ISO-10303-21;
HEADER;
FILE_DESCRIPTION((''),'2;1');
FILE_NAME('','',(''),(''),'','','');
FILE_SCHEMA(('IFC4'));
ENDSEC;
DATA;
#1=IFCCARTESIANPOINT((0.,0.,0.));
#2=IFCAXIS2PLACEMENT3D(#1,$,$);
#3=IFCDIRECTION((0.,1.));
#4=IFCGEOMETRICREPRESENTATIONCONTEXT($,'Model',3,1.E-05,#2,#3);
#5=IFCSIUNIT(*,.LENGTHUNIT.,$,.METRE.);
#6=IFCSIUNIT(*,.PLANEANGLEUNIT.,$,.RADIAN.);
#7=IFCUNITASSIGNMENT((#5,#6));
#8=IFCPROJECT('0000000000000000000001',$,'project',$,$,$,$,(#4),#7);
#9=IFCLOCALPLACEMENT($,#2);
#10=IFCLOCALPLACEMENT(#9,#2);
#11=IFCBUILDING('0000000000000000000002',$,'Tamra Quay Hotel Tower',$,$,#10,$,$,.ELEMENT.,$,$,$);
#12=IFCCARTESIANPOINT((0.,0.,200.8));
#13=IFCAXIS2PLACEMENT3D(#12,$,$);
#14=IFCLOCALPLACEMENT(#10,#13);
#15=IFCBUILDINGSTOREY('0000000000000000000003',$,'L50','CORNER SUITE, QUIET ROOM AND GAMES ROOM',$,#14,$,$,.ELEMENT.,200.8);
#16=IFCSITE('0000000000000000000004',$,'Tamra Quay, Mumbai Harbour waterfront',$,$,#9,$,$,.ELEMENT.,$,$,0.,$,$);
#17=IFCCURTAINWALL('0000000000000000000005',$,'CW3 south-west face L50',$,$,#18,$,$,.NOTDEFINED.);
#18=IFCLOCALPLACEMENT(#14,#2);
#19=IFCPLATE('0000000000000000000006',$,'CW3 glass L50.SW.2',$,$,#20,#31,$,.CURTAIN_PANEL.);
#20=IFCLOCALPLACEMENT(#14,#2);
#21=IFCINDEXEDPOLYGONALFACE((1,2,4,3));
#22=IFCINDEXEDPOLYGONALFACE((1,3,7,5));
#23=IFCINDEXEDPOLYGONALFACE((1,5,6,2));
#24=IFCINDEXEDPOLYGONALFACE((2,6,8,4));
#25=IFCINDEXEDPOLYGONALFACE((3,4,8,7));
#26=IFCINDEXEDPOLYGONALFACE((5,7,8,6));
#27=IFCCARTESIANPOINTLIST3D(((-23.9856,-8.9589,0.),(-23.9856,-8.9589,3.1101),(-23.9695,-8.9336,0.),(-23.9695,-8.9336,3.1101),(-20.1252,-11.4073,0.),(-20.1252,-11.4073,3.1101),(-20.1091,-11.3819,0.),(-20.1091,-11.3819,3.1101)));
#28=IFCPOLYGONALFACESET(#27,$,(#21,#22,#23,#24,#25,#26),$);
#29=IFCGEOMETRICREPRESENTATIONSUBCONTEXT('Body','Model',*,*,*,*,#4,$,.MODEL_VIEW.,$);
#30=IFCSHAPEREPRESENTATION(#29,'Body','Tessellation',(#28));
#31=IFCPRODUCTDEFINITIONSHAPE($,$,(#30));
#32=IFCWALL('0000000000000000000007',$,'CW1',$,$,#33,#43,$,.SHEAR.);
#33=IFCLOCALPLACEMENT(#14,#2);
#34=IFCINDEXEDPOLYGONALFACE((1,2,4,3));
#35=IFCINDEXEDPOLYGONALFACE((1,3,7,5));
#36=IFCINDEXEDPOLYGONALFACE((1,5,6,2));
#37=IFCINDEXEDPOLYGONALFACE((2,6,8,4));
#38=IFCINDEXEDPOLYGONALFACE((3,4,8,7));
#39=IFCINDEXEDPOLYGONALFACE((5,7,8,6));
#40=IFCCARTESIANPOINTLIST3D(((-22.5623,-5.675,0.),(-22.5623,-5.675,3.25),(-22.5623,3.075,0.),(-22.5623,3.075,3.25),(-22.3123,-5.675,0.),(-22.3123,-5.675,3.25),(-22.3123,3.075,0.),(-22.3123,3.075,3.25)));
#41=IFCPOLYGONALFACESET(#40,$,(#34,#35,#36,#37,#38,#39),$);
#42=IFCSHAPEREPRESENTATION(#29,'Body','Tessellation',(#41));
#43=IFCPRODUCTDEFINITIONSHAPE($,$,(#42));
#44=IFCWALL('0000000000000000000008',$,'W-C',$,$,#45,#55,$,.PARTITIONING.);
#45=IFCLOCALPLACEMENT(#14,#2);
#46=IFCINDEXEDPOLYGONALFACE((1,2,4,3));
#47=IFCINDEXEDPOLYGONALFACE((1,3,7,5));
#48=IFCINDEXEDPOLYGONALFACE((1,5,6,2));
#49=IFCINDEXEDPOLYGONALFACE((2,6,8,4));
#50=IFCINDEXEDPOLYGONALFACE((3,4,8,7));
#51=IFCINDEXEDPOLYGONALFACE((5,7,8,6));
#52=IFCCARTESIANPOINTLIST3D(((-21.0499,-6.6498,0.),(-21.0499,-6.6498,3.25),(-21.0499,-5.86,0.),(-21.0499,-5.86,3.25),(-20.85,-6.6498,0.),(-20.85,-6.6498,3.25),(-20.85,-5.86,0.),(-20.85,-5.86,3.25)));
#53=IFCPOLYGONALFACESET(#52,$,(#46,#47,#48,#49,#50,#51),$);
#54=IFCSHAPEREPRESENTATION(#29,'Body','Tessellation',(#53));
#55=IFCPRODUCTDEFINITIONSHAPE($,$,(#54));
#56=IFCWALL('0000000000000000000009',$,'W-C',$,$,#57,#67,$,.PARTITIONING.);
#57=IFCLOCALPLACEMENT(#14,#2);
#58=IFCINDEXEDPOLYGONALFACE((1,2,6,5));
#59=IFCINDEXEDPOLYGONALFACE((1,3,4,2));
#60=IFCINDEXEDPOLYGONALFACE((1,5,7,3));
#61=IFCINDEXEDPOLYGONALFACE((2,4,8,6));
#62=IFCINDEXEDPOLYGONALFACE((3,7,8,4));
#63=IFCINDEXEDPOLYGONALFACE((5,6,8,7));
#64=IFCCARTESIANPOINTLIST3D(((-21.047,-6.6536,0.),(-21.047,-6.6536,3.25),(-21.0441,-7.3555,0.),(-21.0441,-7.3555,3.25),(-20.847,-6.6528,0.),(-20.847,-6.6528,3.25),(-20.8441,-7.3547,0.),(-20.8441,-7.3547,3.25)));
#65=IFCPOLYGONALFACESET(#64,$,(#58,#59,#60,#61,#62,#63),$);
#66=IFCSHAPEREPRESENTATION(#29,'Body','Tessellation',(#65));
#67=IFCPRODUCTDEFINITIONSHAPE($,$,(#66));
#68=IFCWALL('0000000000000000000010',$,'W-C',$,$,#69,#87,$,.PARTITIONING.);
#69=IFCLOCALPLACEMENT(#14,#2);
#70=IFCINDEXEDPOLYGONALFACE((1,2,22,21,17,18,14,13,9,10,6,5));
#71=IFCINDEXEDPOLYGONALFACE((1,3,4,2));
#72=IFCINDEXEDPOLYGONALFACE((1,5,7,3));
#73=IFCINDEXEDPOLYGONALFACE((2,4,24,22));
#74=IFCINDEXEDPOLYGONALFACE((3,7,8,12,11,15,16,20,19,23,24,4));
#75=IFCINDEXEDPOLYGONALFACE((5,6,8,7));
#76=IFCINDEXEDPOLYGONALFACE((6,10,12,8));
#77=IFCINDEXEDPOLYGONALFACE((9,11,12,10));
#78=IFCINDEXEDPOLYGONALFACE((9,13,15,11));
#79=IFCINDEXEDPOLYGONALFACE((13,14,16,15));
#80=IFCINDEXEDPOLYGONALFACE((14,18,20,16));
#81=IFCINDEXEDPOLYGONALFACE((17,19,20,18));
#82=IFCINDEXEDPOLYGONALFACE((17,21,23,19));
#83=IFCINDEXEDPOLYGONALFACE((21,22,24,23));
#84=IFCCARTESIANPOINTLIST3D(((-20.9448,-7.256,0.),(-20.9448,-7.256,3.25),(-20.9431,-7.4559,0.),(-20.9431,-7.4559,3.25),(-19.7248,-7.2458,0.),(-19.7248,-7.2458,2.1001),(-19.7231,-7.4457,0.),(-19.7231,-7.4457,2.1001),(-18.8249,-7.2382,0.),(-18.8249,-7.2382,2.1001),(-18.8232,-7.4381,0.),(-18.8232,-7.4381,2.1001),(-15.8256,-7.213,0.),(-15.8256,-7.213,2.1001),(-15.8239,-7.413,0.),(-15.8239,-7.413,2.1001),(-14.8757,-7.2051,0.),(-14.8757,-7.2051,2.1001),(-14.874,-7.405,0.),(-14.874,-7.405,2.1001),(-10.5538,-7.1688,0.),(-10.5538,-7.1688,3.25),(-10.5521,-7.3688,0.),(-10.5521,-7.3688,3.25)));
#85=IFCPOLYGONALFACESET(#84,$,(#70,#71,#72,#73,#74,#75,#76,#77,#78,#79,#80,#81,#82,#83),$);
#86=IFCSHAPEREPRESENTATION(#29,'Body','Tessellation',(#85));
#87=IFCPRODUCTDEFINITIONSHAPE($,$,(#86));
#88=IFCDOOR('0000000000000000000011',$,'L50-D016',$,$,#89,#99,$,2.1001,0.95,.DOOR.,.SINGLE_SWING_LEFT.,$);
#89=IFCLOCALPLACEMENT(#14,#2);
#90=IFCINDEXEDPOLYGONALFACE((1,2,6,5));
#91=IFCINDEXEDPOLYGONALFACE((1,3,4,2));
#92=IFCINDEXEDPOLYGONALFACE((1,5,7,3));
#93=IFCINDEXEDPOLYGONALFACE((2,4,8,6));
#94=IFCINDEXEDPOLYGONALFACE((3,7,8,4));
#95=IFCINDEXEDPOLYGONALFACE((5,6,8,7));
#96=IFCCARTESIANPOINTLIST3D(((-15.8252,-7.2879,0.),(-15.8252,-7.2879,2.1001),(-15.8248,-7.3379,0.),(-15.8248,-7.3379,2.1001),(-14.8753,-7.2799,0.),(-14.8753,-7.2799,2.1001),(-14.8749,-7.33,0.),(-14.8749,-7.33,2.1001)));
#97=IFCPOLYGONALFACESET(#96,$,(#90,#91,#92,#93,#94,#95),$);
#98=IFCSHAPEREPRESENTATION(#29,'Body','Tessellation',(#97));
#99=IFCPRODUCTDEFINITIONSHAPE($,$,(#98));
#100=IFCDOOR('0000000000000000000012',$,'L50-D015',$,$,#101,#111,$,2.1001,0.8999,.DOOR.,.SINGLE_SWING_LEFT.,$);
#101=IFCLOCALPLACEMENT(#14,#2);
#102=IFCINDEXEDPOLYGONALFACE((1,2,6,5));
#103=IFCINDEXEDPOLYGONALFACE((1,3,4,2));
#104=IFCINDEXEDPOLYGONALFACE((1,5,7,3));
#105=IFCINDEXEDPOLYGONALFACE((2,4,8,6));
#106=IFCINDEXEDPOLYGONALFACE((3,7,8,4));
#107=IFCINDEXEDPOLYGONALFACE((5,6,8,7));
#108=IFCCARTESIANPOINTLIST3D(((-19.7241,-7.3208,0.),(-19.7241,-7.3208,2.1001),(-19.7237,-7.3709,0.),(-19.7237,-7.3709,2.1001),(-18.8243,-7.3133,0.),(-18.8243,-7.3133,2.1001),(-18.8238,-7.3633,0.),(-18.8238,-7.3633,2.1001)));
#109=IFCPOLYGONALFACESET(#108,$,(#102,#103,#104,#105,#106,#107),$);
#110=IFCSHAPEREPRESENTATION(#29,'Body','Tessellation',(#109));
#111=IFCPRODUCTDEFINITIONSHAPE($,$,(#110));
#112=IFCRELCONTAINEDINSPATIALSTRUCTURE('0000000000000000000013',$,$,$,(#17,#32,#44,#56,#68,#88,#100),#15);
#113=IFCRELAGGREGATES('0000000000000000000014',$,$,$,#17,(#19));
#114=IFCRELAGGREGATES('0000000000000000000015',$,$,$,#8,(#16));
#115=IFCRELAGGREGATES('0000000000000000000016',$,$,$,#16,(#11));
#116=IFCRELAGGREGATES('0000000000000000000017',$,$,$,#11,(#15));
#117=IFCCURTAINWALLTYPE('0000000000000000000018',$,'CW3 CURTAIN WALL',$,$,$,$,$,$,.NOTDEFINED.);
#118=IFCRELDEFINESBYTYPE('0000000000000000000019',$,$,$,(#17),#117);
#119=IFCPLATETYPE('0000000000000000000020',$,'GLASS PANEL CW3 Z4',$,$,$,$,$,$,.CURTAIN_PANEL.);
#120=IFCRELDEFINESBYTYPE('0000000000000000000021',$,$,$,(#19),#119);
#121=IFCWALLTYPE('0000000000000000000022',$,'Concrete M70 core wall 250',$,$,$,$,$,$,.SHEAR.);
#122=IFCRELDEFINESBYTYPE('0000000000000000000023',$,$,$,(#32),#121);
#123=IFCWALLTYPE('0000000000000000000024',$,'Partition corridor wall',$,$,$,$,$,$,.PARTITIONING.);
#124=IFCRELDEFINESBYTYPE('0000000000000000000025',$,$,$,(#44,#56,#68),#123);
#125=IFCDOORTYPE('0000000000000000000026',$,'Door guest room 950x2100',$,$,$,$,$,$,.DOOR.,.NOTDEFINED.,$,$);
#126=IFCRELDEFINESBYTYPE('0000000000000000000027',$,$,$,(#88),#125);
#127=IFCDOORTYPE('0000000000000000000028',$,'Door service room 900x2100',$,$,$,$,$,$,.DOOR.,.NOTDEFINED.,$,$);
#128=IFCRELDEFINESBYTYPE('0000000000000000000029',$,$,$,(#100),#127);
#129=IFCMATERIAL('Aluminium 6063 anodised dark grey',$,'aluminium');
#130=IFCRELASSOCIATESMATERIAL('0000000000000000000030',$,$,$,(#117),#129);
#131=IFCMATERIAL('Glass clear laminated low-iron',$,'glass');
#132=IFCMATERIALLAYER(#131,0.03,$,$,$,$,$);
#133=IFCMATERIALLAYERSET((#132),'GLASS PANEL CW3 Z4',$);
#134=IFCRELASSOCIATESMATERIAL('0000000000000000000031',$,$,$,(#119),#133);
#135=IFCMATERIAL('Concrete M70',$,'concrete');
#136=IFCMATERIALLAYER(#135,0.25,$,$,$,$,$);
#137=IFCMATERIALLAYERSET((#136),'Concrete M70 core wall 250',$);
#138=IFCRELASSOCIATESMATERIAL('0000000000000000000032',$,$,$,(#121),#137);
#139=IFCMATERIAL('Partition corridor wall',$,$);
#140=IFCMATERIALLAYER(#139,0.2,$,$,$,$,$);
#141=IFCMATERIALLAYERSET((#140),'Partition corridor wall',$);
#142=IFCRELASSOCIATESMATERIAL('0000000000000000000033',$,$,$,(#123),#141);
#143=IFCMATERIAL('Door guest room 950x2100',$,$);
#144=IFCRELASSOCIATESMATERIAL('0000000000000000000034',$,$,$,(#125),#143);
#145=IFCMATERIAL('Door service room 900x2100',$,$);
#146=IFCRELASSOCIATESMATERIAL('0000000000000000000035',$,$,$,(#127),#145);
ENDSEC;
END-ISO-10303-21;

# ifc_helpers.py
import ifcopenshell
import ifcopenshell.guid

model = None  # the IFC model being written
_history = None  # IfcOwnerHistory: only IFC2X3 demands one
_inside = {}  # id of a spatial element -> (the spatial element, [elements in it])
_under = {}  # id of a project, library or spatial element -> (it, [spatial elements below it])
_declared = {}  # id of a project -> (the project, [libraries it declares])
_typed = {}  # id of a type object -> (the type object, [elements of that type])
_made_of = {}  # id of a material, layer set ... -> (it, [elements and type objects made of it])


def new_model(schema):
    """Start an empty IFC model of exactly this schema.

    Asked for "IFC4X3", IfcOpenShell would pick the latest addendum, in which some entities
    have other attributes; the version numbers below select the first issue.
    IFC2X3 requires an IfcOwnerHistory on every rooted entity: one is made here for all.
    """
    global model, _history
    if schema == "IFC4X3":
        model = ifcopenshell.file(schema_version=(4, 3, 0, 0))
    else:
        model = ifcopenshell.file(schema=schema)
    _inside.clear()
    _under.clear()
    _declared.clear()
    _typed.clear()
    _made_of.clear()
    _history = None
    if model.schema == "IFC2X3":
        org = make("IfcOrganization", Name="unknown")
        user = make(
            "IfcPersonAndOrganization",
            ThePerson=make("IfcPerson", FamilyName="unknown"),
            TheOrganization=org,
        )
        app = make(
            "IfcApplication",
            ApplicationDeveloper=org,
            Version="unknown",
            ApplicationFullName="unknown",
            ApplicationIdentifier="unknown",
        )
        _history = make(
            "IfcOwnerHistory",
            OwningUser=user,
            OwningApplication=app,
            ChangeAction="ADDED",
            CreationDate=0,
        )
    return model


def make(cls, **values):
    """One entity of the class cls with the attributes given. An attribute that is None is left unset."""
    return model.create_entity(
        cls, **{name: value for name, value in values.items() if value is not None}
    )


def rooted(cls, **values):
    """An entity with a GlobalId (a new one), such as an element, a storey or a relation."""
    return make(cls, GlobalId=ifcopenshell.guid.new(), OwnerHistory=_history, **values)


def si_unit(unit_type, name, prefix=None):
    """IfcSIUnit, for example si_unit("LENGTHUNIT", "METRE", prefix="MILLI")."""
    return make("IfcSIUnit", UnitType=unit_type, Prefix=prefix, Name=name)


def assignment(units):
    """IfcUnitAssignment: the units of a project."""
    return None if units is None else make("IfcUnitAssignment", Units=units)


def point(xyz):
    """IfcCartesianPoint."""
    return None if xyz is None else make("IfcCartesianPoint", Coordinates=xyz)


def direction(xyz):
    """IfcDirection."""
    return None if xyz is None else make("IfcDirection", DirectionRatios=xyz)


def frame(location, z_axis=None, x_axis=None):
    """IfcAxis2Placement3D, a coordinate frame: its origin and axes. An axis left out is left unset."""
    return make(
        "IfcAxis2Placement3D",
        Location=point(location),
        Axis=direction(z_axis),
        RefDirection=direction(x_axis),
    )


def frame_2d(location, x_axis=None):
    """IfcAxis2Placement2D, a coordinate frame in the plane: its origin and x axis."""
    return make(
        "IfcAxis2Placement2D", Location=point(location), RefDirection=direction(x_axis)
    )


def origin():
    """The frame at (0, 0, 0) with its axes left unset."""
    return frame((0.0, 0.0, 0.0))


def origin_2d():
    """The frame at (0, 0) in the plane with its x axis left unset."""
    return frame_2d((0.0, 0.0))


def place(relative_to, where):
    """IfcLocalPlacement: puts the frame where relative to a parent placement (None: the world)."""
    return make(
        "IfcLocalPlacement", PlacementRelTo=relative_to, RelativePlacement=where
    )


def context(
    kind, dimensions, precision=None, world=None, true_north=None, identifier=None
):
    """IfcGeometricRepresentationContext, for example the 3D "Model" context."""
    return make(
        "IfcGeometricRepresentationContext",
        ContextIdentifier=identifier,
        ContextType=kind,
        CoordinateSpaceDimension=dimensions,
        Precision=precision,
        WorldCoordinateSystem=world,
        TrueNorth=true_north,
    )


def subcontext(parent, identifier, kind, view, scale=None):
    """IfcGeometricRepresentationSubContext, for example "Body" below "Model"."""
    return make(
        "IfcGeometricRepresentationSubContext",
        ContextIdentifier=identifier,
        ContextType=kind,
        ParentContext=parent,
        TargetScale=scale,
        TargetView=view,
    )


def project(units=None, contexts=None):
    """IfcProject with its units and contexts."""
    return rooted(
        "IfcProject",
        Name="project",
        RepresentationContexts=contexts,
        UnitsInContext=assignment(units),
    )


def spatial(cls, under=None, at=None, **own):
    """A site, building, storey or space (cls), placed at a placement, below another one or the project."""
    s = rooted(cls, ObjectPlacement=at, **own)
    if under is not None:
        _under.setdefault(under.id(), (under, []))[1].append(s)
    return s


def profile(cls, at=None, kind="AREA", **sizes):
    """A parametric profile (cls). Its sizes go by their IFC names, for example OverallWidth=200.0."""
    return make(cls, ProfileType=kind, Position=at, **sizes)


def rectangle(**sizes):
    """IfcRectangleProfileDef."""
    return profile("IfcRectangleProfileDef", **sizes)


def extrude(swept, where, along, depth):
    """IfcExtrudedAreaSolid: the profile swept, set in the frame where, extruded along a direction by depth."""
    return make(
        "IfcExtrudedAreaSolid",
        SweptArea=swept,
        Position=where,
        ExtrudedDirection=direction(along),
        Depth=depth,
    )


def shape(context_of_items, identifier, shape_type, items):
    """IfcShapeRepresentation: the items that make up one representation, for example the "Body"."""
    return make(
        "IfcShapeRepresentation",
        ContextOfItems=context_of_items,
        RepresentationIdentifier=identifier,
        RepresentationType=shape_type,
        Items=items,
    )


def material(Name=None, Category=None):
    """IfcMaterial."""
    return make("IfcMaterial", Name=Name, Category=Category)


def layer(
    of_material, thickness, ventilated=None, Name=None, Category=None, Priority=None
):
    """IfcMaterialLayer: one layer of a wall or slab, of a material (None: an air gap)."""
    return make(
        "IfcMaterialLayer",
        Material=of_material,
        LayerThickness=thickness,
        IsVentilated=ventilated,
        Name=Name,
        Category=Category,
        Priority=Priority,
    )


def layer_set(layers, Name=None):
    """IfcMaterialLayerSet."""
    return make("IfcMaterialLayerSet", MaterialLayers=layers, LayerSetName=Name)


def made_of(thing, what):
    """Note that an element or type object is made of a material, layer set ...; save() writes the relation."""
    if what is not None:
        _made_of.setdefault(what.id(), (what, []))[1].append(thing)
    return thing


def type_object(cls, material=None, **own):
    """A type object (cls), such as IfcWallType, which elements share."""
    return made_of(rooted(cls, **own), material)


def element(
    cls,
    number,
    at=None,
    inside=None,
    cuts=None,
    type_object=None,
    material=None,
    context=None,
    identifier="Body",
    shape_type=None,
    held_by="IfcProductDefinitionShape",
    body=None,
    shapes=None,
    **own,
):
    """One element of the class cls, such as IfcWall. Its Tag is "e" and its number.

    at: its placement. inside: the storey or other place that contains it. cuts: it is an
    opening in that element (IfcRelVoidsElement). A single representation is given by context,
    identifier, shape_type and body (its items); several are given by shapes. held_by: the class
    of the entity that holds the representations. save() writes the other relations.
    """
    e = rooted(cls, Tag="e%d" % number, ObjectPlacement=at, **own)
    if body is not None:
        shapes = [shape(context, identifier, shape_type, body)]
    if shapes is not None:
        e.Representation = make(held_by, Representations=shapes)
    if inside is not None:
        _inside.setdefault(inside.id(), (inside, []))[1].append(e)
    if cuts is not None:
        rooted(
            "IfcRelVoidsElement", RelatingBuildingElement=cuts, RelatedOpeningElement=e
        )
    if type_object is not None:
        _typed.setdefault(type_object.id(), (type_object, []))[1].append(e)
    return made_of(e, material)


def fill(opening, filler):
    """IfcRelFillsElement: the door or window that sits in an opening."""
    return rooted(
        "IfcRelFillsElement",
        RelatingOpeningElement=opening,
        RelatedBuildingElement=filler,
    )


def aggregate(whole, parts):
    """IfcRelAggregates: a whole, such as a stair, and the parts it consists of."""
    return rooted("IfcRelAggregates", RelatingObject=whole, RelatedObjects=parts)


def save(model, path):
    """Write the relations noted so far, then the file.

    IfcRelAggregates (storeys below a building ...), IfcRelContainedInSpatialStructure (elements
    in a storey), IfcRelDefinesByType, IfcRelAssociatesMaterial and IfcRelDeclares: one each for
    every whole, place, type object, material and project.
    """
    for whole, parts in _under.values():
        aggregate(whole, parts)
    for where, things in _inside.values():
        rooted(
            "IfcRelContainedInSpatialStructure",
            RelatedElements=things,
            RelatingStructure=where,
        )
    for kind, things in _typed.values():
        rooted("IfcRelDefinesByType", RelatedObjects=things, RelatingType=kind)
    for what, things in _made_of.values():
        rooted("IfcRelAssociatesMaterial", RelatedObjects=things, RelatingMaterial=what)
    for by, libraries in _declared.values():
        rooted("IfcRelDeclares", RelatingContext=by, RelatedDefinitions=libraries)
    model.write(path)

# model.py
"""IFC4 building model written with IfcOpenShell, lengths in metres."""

from ifc_helpers import new_model, si_unit, direction, frame, frame_2d, origin, origin_2d, place, context, subcontext, project, spatial, rectangle, extrude, material, layer, layer_set, type_object, element, fill, aggregate, save


model = new_model("IFC4")

# Units and contexts
model_context = context("Model", 3, precision=1e-05, world=origin(), true_north=direction((0.0, 1.0)))
body_context = subcontext(model_context, "Body", "Model", "MODEL_VIEW")
ifc_project = project(units=[si_unit("LENGTHUNIT", "METRE"), si_unit("PLANEANGLEUNIT", "RADIAN")], contexts=[model_context])

# Site, building, storey
site_placement = place(None, origin())
site = spatial("IfcSite", under=ifc_project, at=site_placement, Name="Tamra Quay, Mumbai Harbour waterfront", CompositionType="ELEMENT", RefElevation=0.0)
building_placement = place(site_placement, origin())
building = spatial("IfcBuilding", under=site, at=building_placement, Name="Tamra Quay Hotel Tower", CompositionType="ELEMENT")
storey_placement = place(building_placement, frame((0.0, 0.0, 200.8)))
storey = spatial("IfcBuildingStorey", under=building, at=storey_placement, Name="L50", Description="CORNER SUITE, QUIET ROOM AND GAMES ROOM", CompositionType="ELEMENT", Elevation=200.8)

# Shared definitions
ifc_material_1 = material(Name="Concrete M70", Category="concrete")

# Curtain wall
ifc_material_2 = material(Name="Aluminium 6063 anodised dark grey", Category="aluminium")
curtain_wall_type_1 = type_object("IfcCurtainWallType", Name="CW3 CURTAIN WALL", PredefinedType="NOTDEFINED", material=ifc_material_2)
curtain_wall_1_placement = place(storey_placement, origin())
curtain_wall_1 = element("IfcCurtainWall", 1, at=curtain_wall_1_placement, inside=storey, type_object=curtain_wall_type_1, Name="CW3 south-west face L50", PredefinedType="NOTDEFINED")

# Plate
ifc_material_3 = material(Name="Glass clear laminated low-iron", Category="glass")
ifc_layer_1 = layer(ifc_material_3, 0.03)
ifc_layer_set_1 = layer_set([ifc_layer_1], Name="GLASS PANEL CW3 Z4")
plate_type_1 = type_object("IfcPlateType", Name="GLASS PANEL CW3 Z4", PredefinedType="CURTAIN_PANEL", material=ifc_layer_set_1)
plate_1_placement = place(storey_placement, frame((-22.0474, -10.1704, 0.0), z_axis=(0.0, 0.0, 1.0), x_axis=(0.844476, -0.535593, 0.0)))
plate_1 = element("IfcPlate", 2, at=plate_1_placement, type_object=plate_type_1, Name="CW3 glass L50.SW.2", PredefinedType="CURTAIN_PANEL", context=body_context, shape_type="SweptSolid", body=[
    extrude(rectangle(XDim=4.5713, YDim=0.03, at=origin_2d()), origin(), (0.0, 0.0, 1.0), 3.1101),
])
aggregate(curtain_wall_1, [plate_1])

# Walls
ifc_layer_2 = layer(ifc_material_1, 0.25)
ifc_layer_set_2 = layer_set([ifc_layer_2], Name="Concrete M70 core wall 250")
wall_type_1 = type_object("IfcWallType", Name="Concrete M70 core wall 250", PredefinedType="SHEAR", material=ifc_layer_set_2)
wall_1_placement = place(storey_placement, frame((-22.4373, -5.675, 0.0), z_axis=(0.0, 0.0, 1.0), x_axis=(0.0, 1.0, 0.0)))
element("IfcWall", 3, at=wall_1_placement, inside=storey, type_object=wall_type_1, Name="CW1", PredefinedType="SHEAR", context=body_context, shape_type="SweptSolid", body=[
    extrude(rectangle(XDim=8.75, YDim=0.25, at=frame_2d((4.375, 0.0))), origin(), (0.0, 0.0, 1.0), 3.25),
])
ifc_material_4 = material(Name="Partition corridor wall")
ifc_layer_3 = layer(ifc_material_4, 0.2)
ifc_layer_set_3 = layer_set([ifc_layer_3], Name="Partition corridor wall")
wall_type_2 = type_object("IfcWallType", Name="Partition corridor wall", PredefinedType="PARTITIONING", material=ifc_layer_set_3)
wall_2_placement = place(storey_placement, frame((-20.95, -6.6499, 0.0), z_axis=(0.0, 0.0, 1.0), x_axis=(0.0, 1.0, 0.0)))
element("IfcWall", 4, at=wall_2_placement, inside=storey, type_object=wall_type_2, Name="W-C", PredefinedType="PARTITIONING", context=body_context, shape_type="SweptSolid", body=[
    extrude(rectangle(XDim=0.7898, YDim=0.2, at=frame_2d((0.395, 0.0))), origin(), (0.0, 0.0, 1.0), 3.25),
])
wall_3_placement = place(storey_placement, frame((-20.947, -6.6531, 0.0), z_axis=(0.0, 0.0, 1.0), x_axis=(0.004174, -0.999991, 0.0)))
element("IfcWall", 5, at=wall_3_placement, inside=storey, type_object=wall_type_2, Name="W-C", PredefinedType="PARTITIONING", context=body_context, shape_type="SweptSolid", body=[
    extrude(rectangle(XDim=0.7019, YDim=0.2, at=frame_2d((0.3511, 0.0))), origin(), (0.0, 0.0, 1.0), 3.25),
])

# Wall, openings, doors
wall_4_placement = place(storey_placement, frame((-20.9441, -7.356, 0.0), z_axis=(0.0, 0.0, 1.0), x_axis=(0.999965, 0.008387, 0.0)))
wall_4 = element("IfcWall", 6, at=wall_4_placement, inside=storey, type_object=wall_type_2, Name="W-C", PredefinedType="PARTITIONING", context=body_context, shape_type="SweptSolid", body=[
    extrude(rectangle(XDim=10.3914, YDim=0.2, at=frame_2d((5.1958, 0.0))), origin(), (0.0, 0.0, 1.0), 3.25),
])
opening_1_placement = place(wall_4_placement, frame((1.2202, 0.0, 0.0)))
opening_1 = element("IfcOpeningElement", 7, at=opening_1_placement, cuts=wall_4, PredefinedType="OPENING", context=body_context, shape_type="SweptSolid", body=[
    extrude(rectangle(XDim=0.8999, YDim=2.1001, at=frame_2d((0.45, 1.05))), frame((0.0, 0.1099, 0.0), z_axis=(0.0, -1.0, 0.0), x_axis=(1.0, 0.0, 0.0)), (0.0, 0.0, 1.0), 0.22),
])
opening_2_placement = place(wall_4_placement, frame((5.1194, 0.0, 0.0)))
opening_2 = element("IfcOpeningElement", 8, at=opening_2_placement, cuts=wall_4, PredefinedType="OPENING", context=body_context, shape_type="SweptSolid", body=[
    extrude(rectangle(XDim=0.95, YDim=2.1001, at=frame_2d((0.4751, 1.05))), frame((0.0, 0.1099, 0.0), z_axis=(0.0, -1.0, 0.0), x_axis=(1.0, 0.0, 0.0)), (0.0, 0.0, 1.0), 0.22),
])
ifc_material_5 = material(Name="Door guest room 950x2100")
door_type_1 = type_object("IfcDoorType", Name="Door guest room 950x2100", OperationType="NOTDEFINED", PredefinedType="DOOR", material=ifc_material_5)
door_1_placement = place(opening_2_placement, frame((0.95, 0.0, 0.0), z_axis=(0.0, 0.0, 1.0), x_axis=(-1.0, 0.0, 0.0)))
door_1 = element("IfcDoor", 9, at=door_1_placement, inside=storey, type_object=door_type_1, Name="L50-D016", OperationType="SINGLE_SWING_LEFT", OverallHeight=2.1001, OverallWidth=0.95, PredefinedType="DOOR", context=body_context, shape_type="SweptSolid", body=[
    extrude(rectangle(XDim=0.95, YDim=2.1001, at=frame_2d((0.4751, 1.05))), frame((0.0, 0.0249, 0.0), z_axis=(0.0, -1.0, 0.0), x_axis=(1.0, 0.0, 0.0)), (0.0, 0.0, 1.0), 0.05),
])
fill(opening_2, door_1)
ifc_material_6 = material(Name="Door service room 900x2100")
door_type_2 = type_object("IfcDoorType", Name="Door service room 900x2100", OperationType="NOTDEFINED", PredefinedType="DOOR", material=ifc_material_6)
door_2_placement = place(opening_1_placement, origin())
door_2 = element("IfcDoor", 10, at=door_2_placement, inside=storey, type_object=door_type_2, Name="L50-D015", OperationType="SINGLE_SWING_LEFT", OverallHeight=2.1001, OverallWidth=0.8999, PredefinedType="DOOR", context=body_context, shape_type="SweptSolid", body=[
    extrude(rectangle(XDim=0.8999, YDim=2.1001, at=frame_2d((0.45, 1.05))), frame((0.0, 0.0249, 0.0), z_axis=(0.0, -1.0, 0.0), x_axis=(1.0, 0.0, 0.0)), (0.0, 0.0, 1.0), 0.05),
])
fill(opening_1, door_2)

save(model, "model.ifc")
